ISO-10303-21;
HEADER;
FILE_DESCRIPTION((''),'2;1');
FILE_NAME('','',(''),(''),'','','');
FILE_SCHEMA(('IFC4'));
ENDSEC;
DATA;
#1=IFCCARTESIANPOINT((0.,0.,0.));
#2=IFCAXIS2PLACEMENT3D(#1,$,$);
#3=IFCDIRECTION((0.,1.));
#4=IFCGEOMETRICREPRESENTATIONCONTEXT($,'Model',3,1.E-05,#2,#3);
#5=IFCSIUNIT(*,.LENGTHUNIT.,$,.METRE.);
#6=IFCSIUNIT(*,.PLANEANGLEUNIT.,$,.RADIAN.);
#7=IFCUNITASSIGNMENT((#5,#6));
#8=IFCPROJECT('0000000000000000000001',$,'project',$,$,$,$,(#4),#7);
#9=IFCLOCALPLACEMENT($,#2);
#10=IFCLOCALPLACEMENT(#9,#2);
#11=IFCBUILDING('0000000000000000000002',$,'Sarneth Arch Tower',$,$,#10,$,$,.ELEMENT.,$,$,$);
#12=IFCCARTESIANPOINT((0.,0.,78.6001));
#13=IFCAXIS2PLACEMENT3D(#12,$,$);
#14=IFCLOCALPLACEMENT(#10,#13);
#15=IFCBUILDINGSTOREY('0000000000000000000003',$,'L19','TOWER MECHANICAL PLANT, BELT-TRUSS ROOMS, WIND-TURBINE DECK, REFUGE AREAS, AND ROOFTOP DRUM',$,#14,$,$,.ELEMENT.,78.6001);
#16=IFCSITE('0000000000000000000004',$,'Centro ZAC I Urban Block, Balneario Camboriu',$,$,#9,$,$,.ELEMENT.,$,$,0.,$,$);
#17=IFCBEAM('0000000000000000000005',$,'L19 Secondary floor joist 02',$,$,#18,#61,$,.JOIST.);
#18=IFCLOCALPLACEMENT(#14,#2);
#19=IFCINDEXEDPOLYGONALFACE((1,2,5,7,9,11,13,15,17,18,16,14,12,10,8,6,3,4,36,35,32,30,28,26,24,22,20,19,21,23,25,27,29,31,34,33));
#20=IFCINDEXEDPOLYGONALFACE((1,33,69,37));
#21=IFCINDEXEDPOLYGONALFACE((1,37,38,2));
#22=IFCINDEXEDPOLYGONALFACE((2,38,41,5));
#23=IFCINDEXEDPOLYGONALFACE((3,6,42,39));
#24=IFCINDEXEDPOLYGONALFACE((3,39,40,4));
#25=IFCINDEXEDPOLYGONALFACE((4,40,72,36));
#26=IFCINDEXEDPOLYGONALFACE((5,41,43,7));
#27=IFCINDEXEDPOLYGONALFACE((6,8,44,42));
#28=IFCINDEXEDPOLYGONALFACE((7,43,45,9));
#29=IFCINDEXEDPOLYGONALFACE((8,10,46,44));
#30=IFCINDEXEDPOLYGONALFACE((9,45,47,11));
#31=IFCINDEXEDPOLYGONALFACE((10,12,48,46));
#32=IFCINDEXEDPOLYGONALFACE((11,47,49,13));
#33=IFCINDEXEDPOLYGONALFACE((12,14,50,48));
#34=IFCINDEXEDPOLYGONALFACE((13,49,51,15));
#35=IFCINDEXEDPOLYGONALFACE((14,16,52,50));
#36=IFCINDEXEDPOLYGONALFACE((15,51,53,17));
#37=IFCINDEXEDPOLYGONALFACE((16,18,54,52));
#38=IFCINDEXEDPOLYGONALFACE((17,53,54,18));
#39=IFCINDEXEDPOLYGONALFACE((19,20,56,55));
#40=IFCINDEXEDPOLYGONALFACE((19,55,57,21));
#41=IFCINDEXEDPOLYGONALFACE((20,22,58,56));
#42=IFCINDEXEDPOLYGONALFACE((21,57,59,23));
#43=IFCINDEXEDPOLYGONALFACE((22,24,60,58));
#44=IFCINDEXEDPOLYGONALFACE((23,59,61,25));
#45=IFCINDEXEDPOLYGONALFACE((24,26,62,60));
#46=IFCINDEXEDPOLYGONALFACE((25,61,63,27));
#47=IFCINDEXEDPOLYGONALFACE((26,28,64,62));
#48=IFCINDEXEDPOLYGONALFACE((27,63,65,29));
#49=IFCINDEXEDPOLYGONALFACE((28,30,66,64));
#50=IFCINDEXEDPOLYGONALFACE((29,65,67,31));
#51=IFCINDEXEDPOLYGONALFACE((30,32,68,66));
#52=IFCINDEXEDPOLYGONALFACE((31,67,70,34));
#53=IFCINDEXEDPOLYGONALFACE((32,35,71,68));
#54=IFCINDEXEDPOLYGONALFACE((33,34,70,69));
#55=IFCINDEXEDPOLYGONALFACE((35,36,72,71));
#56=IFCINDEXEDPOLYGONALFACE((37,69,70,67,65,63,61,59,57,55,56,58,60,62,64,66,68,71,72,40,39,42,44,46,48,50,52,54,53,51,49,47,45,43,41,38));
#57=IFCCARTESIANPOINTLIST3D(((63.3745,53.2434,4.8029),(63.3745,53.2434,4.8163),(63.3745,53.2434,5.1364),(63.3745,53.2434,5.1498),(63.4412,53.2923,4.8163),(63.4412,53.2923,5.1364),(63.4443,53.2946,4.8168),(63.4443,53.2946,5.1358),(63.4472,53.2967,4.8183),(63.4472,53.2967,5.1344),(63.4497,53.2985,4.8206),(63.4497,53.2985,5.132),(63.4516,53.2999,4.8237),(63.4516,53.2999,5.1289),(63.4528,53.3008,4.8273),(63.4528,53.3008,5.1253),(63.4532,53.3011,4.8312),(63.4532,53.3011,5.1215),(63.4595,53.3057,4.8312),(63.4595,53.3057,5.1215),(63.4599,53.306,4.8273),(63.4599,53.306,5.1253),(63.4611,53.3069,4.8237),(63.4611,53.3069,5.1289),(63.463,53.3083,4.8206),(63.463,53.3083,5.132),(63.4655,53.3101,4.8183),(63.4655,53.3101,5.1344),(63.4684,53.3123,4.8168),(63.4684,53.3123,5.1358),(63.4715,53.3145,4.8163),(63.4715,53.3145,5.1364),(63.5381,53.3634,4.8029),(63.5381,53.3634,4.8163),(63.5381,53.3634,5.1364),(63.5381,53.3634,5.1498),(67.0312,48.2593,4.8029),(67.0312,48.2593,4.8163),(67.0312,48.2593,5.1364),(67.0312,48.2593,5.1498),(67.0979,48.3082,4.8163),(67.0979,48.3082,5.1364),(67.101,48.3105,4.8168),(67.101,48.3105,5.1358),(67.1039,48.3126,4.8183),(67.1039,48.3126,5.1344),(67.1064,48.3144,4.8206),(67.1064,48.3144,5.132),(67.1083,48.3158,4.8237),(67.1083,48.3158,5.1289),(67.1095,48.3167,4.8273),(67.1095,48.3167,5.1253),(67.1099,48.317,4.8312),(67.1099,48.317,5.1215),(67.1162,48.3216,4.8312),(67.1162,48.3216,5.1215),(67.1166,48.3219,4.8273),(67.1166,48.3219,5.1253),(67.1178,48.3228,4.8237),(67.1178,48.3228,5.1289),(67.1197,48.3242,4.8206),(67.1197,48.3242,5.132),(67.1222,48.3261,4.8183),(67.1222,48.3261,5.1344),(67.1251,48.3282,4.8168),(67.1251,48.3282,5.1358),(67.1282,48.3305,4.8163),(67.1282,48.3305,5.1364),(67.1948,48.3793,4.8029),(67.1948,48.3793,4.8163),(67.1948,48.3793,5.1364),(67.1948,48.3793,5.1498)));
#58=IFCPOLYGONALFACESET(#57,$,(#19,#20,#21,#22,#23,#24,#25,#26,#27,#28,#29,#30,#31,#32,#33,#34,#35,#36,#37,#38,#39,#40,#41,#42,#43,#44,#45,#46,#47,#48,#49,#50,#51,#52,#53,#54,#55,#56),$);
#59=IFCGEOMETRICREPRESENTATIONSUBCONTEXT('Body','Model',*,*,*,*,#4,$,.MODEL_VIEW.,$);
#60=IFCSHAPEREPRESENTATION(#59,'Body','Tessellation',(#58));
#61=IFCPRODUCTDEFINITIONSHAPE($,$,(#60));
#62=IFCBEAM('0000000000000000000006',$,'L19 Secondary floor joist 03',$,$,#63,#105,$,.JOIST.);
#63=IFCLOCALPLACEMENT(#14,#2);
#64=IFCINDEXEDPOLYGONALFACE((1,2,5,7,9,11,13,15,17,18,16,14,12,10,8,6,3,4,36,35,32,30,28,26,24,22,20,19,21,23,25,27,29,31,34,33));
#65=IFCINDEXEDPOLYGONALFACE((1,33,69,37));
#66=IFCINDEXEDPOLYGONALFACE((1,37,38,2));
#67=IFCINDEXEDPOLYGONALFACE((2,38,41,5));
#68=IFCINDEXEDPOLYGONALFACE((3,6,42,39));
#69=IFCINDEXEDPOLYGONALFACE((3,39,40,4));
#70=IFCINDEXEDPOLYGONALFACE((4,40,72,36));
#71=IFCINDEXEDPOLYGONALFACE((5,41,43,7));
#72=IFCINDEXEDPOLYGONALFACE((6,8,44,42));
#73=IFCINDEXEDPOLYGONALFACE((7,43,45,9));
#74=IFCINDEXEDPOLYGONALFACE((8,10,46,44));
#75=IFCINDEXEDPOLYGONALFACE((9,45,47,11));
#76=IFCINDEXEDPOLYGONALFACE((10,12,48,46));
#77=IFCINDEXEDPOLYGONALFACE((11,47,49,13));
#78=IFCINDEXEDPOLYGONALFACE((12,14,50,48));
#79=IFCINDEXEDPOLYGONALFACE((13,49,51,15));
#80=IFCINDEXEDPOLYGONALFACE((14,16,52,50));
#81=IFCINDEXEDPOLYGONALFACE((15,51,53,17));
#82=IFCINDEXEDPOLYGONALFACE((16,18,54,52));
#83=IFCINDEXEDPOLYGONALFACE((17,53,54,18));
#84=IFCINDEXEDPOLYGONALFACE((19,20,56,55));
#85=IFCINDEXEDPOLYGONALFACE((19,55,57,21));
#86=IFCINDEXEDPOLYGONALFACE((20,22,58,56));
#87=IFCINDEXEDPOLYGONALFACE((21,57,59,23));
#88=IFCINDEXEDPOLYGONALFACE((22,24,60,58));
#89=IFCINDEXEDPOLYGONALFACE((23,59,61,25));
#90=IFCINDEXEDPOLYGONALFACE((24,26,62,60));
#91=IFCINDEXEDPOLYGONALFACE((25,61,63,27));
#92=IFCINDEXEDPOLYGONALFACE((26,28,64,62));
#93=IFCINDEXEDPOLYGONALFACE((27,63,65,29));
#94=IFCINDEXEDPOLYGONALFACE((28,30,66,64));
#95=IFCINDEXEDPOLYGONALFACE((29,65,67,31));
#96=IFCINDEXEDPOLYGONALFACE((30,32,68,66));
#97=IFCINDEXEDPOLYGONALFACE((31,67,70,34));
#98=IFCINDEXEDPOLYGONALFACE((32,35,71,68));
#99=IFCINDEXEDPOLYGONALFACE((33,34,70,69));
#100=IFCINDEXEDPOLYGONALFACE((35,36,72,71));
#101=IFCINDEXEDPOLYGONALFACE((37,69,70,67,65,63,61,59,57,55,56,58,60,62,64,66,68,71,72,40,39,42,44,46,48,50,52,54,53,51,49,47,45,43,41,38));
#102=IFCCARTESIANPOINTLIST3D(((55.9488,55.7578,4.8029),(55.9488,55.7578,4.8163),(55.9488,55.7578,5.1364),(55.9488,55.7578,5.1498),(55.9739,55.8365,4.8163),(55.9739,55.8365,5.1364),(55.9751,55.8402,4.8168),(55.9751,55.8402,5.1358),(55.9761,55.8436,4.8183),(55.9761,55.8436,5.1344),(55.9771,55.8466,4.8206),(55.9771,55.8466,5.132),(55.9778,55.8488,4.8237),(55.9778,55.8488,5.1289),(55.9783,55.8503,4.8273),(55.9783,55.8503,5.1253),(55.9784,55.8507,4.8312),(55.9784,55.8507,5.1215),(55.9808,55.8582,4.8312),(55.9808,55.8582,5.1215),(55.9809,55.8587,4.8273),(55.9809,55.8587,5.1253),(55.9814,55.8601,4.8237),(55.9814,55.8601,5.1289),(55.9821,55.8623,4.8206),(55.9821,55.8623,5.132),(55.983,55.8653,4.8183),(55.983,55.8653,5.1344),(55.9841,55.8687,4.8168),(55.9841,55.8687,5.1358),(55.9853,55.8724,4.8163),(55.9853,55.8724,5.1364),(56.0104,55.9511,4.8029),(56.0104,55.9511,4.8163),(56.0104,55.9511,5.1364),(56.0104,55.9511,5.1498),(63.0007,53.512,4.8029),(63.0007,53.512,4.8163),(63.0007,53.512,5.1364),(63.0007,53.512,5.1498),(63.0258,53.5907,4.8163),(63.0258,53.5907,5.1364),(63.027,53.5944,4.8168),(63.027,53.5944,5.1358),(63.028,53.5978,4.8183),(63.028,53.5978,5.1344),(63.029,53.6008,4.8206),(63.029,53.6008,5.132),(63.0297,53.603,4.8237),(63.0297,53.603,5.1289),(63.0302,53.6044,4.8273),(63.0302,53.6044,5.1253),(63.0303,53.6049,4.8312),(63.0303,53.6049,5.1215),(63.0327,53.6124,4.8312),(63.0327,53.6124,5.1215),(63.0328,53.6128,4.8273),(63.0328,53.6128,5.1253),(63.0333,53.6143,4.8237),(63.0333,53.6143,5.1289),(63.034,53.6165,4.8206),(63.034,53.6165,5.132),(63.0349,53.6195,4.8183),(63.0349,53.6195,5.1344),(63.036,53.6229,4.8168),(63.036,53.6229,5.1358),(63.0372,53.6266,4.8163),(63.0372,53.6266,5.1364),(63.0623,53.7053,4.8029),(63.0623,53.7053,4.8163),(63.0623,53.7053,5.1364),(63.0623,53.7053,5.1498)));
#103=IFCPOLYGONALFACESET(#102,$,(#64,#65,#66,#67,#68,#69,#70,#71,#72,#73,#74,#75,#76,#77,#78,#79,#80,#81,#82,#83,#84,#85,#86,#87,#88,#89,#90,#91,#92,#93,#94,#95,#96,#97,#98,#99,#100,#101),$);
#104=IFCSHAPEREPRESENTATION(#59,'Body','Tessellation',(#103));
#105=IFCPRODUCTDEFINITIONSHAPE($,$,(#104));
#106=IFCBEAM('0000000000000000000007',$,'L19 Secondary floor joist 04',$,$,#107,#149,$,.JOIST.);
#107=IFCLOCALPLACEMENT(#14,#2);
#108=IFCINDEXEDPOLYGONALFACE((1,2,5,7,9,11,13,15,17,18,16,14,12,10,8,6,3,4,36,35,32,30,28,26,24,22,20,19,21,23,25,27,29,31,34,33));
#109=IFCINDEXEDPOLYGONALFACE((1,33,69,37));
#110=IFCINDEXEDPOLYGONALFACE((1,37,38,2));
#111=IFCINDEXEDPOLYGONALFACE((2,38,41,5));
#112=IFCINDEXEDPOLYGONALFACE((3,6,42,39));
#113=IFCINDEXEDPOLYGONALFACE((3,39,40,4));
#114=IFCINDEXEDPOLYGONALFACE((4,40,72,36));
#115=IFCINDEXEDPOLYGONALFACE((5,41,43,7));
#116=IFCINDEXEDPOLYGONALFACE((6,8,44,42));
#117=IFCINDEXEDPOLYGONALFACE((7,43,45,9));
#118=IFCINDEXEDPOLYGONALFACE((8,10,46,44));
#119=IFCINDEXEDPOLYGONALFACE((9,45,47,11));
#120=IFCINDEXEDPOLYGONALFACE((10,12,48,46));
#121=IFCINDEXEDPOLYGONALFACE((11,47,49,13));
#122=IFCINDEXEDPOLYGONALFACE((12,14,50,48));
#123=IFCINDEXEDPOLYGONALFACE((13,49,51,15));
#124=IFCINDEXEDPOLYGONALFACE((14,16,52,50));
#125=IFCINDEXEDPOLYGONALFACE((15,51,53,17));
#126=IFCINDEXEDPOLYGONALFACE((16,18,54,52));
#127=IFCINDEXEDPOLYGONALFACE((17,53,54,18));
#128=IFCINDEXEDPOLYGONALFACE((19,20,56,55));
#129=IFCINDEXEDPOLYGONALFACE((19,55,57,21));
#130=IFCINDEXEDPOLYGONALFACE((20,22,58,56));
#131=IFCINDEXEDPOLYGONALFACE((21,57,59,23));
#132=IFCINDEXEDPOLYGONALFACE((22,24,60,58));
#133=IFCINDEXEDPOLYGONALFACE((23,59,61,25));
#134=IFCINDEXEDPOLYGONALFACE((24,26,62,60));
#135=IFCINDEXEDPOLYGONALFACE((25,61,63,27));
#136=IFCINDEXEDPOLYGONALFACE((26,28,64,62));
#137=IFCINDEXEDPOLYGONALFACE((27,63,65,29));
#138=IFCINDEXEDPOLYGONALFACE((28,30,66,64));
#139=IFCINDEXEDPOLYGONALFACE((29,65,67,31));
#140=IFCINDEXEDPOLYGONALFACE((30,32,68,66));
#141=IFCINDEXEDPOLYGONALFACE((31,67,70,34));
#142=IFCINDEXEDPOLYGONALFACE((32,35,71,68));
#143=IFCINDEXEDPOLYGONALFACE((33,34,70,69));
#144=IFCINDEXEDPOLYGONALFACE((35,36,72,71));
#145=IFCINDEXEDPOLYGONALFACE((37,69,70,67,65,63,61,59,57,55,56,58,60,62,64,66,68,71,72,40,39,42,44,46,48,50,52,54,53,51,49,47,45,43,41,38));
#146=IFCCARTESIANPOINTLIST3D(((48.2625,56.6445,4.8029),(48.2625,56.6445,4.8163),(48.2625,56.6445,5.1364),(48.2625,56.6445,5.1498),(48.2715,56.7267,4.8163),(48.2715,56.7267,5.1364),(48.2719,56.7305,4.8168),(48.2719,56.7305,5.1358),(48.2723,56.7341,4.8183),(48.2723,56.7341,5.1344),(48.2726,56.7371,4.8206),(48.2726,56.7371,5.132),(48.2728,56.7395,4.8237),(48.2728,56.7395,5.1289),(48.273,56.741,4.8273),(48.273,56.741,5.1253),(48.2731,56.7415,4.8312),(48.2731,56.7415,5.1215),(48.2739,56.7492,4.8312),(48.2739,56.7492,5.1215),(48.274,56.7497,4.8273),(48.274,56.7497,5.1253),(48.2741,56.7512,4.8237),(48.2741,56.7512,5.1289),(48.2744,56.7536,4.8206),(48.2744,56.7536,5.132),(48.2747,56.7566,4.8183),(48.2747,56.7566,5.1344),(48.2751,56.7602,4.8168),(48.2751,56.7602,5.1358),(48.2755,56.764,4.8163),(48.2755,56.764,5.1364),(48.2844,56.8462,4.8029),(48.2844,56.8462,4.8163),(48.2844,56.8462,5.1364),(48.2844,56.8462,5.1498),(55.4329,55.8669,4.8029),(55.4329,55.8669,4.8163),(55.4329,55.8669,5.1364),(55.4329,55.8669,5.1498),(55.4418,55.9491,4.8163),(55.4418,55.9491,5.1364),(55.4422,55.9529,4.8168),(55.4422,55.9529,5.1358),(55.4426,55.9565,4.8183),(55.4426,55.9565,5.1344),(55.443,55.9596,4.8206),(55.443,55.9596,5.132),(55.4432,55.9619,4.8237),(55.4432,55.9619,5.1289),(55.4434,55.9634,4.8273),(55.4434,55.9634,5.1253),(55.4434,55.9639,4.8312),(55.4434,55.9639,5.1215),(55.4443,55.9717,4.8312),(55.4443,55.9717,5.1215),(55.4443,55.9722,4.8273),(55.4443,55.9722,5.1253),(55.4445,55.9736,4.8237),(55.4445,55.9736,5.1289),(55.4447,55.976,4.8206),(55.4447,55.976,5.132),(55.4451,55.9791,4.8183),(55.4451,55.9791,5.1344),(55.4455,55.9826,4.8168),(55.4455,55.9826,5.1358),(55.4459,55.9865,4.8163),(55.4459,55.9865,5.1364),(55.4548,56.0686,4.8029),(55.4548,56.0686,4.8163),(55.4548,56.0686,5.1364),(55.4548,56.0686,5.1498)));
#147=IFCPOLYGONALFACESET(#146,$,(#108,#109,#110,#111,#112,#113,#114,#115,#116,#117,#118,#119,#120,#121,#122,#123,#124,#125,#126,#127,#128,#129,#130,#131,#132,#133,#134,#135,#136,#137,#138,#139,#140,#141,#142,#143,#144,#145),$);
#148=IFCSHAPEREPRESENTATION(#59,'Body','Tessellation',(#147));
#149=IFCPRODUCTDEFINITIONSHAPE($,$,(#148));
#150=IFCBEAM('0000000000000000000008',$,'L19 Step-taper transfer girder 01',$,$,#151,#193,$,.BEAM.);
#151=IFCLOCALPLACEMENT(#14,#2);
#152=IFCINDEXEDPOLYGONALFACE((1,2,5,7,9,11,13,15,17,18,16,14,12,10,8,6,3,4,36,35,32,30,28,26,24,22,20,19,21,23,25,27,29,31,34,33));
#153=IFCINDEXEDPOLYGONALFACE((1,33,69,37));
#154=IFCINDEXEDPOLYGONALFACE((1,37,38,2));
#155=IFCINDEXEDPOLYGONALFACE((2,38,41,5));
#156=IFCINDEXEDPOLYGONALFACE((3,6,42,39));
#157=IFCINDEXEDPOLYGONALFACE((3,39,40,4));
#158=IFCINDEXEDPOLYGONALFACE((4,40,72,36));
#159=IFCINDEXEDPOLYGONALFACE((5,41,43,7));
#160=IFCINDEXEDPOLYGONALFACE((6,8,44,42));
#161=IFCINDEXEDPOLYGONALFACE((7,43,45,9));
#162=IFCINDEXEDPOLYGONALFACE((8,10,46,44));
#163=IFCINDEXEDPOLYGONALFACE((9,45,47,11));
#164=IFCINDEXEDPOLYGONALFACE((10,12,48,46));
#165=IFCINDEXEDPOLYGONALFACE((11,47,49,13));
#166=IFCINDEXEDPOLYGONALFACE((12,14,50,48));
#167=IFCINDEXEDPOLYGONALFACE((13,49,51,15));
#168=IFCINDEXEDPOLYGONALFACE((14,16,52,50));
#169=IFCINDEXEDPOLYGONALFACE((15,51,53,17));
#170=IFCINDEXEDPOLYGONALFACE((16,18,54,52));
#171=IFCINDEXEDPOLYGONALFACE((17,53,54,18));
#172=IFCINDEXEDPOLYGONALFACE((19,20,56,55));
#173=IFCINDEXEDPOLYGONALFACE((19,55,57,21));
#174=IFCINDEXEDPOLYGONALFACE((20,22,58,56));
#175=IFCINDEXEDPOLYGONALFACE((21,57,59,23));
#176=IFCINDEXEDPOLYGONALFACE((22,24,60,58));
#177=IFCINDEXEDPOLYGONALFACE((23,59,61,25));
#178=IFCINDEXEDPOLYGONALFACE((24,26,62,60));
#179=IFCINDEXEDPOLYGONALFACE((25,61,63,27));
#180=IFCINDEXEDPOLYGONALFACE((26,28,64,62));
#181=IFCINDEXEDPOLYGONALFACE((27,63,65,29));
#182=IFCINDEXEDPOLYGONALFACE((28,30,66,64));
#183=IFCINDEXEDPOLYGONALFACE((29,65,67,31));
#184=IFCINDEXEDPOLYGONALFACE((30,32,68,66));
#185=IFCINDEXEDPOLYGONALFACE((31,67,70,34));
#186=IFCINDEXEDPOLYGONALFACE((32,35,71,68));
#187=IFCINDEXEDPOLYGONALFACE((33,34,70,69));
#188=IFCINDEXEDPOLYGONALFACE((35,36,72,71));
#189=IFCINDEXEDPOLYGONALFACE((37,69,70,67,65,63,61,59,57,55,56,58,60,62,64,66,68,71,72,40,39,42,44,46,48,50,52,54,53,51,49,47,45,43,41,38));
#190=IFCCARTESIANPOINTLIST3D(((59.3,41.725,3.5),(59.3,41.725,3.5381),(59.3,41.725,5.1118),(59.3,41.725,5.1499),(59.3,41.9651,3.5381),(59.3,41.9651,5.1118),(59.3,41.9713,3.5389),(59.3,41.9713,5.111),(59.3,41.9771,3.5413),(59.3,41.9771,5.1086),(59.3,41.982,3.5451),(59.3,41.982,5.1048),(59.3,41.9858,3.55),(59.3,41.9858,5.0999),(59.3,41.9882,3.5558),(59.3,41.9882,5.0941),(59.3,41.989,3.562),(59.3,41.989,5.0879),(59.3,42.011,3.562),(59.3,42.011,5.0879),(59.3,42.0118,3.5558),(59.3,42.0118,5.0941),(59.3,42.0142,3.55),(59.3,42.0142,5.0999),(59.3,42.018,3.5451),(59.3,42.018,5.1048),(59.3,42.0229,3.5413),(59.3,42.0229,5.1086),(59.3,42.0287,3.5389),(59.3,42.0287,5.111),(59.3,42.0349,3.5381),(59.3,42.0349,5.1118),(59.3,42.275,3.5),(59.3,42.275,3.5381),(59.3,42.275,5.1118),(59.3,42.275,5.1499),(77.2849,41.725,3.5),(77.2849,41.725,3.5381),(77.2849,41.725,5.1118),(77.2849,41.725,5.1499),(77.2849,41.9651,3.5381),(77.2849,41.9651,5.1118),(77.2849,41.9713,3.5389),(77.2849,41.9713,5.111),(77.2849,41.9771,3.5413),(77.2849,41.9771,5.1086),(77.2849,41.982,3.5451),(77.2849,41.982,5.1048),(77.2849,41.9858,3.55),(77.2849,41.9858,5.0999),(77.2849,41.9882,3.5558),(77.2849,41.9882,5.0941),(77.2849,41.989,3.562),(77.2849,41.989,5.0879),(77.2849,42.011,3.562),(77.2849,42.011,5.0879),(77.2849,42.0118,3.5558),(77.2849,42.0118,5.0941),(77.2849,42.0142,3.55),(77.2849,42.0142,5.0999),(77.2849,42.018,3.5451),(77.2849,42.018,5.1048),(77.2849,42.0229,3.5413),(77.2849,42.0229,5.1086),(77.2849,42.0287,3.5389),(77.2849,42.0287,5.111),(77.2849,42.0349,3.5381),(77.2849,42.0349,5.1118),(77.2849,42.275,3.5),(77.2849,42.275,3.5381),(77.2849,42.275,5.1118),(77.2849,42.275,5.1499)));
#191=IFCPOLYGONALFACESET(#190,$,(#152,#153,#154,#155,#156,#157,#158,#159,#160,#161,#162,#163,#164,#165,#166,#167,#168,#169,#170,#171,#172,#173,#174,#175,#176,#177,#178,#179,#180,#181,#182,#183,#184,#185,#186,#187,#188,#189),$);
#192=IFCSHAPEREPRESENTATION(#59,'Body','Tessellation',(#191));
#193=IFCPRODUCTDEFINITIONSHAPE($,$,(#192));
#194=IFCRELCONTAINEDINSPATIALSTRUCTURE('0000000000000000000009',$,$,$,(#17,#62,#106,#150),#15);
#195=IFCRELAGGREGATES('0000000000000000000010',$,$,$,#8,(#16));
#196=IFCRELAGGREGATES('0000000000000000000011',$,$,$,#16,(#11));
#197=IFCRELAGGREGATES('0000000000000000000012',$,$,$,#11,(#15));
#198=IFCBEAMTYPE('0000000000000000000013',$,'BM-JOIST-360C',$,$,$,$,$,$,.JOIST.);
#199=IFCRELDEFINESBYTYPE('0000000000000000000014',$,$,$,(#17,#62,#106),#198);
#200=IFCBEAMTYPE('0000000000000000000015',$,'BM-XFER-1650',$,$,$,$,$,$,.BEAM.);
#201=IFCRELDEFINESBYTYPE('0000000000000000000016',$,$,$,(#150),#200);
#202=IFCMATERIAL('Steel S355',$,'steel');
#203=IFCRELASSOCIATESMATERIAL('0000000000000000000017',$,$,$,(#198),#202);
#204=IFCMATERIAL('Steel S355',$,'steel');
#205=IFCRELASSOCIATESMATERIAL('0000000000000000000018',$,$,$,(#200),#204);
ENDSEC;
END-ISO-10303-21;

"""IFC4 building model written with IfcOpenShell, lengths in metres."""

from ifc_helpers import new_model, si_unit, direction, frame, origin, origin_2d, place, context, subcontext, project, spatial, i_section, extrude, material, material_profile, profile_set, type_object, element, save


model = new_model("IFC4")

# Units and contexts
model_context = context("Model", 3, precision=1e-05, world=origin(), true_north=direction((0.0, 1.0)))
body_context = subcontext(model_context, "Body", "Model", "MODEL_VIEW")
ifc_project = project(units=[si_unit("LENGTHUNIT", "METRE"), si_unit("PLANEANGLEUNIT", "RADIAN")], contexts=[model_context])

# Site, building, storey
site_placement = place(None, origin())
site = spatial("IfcSite", under=ifc_project, at=site_placement, Name="Centro ZAC I Urban Block, Balneario Camboriu", CompositionType="ELEMENT", RefElevation=0.0)
building_placement = place(site_placement, origin())
building = spatial("IfcBuilding", under=site, at=building_placement, Name="Sarneth Arch Tower", CompositionType="ELEMENT")
storey_placement = place(building_placement, frame((0.0, 0.0, 78.6001)))
storey = spatial("IfcBuildingStorey", under=building, at=storey_placement, Name="L19", Description="TOWER MECHANICAL PLANT, BELT-TRUSS ROOMS, WIND-TURBINE DECK, REFUGE AREAS, AND ROOFTOP DRUM", CompositionType="ELEMENT", Elevation=78.6001)

# Beams
ifc_material_1 = material(Name="Steel S355", Category="steel")
ifc_material_profile_1 = material_profile(ifc_material_1, i_section(OverallWidth=0.2029, OverallDepth=0.3469, WebThickness=0.0078, FlangeThickness=0.0134, FilletRadius=0.0149, at=origin_2d()), Name="W360x64")
ifc_profile_set_1 = profile_set([ifc_material_profile_1], Name="Steel S355")
beam_type_1 = type_object("IfcBeamType", Name="BM-JOIST-360C", PredefinedType="JOIST", material=ifc_profile_set_1)
beam_1_placement = place(storey_placement, frame((67.113, 48.3193, 4.9763), z_axis=(-0.591543, 0.806273, 0.0), x_axis=(-0.806273, -0.591543, 0.0)))
element("IfcBeam", 1, at=beam_1_placement, inside=storey, type_object=beam_type_1, Name="L19 Secondary floor joist 02", PredefinedType="JOIST", context=body_context, shape_type="SweptSolid", body=[
    extrude(i_section(OverallWidth=0.2029, OverallDepth=0.3469, WebThickness=0.0078, FlangeThickness=0.0134, FilletRadius=0.0149, at=origin_2d()), origin(), (0.0, 0.0, 1.0), 6.1816),
])
beam_2_placement = place(storey_placement, frame((63.0315, 53.6086, 4.9763), z_axis=(-0.952846, 0.303453, 0.0), x_axis=(-0.303453, -0.952846, 0.0)))
element("IfcBeam", 2, at=beam_2_placement, inside=storey, type_object=beam_type_1, Name="L19 Secondary floor joist 03", PredefinedType="JOIST", context=body_context, shape_type="SweptSolid", body=[
    extrude(i_section(OverallWidth=0.2029, OverallDepth=0.3469, WebThickness=0.0078, FlangeThickness=0.0134, FilletRadius=0.0149, at=origin_2d()), origin(), (0.0, 0.0, 1.0), 7.4009),
])
beam_3_placement = place(storey_placement, frame((55.4438, 55.9678, 4.9763), z_axis=(-0.994171, 0.107812, 0.0), x_axis=(-0.107812, -0.994171, 0.0)))
element("IfcBeam", 3, at=beam_3_placement, inside=storey, type_object=beam_type_1, Name="L19 Secondary floor joist 04", PredefinedType="JOIST", context=body_context, shape_type="SweptSolid", body=[
    extrude(i_section(OverallWidth=0.2029, OverallDepth=0.3469, WebThickness=0.0078, FlangeThickness=0.0134, FilletRadius=0.0149, at=origin_2d()), origin(), (0.0, 0.0, 1.0), 7.2124),
])
ifc_material_2 = material(Name="Steel S355", Category="steel")
ifc_material_profile_2 = material_profile(ifc_material_2, i_section(OverallWidth=0.55, OverallDepth=1.6499, WebThickness=0.022, FlangeThickness=0.0381, FilletRadius=0.0239, at=origin_2d()), Name="CVS1650x680")
ifc_profile_set_2 = profile_set([ifc_material_profile_2], Name="Steel S355")
beam_type_2 = type_object("IfcBeamType", Name="BM-XFER-1650", PredefinedType="BEAM", material=ifc_profile_set_2)
beam_4_placement = place(storey_placement, frame((59.3, 42.0, 4.325), z_axis=(1.0, 0.0, 0.0), x_axis=(0.0, 1.0, 0.0)))
element("IfcBeam", 4, at=beam_4_placement, inside=storey, type_object=beam_type_2, Name="L19 Step-taper transfer girder 01", PredefinedType="BEAM", context=body_context, shape_type="SweptSolid", body=[
    extrude(i_section(OverallWidth=0.55, OverallDepth=1.6499, WebThickness=0.022, FlangeThickness=0.0381, FilletRadius=0.0239, at=origin_2d()), origin(), (0.0, 0.0, 1.0), 17.9849),
])

save(model, "model.ifc")
